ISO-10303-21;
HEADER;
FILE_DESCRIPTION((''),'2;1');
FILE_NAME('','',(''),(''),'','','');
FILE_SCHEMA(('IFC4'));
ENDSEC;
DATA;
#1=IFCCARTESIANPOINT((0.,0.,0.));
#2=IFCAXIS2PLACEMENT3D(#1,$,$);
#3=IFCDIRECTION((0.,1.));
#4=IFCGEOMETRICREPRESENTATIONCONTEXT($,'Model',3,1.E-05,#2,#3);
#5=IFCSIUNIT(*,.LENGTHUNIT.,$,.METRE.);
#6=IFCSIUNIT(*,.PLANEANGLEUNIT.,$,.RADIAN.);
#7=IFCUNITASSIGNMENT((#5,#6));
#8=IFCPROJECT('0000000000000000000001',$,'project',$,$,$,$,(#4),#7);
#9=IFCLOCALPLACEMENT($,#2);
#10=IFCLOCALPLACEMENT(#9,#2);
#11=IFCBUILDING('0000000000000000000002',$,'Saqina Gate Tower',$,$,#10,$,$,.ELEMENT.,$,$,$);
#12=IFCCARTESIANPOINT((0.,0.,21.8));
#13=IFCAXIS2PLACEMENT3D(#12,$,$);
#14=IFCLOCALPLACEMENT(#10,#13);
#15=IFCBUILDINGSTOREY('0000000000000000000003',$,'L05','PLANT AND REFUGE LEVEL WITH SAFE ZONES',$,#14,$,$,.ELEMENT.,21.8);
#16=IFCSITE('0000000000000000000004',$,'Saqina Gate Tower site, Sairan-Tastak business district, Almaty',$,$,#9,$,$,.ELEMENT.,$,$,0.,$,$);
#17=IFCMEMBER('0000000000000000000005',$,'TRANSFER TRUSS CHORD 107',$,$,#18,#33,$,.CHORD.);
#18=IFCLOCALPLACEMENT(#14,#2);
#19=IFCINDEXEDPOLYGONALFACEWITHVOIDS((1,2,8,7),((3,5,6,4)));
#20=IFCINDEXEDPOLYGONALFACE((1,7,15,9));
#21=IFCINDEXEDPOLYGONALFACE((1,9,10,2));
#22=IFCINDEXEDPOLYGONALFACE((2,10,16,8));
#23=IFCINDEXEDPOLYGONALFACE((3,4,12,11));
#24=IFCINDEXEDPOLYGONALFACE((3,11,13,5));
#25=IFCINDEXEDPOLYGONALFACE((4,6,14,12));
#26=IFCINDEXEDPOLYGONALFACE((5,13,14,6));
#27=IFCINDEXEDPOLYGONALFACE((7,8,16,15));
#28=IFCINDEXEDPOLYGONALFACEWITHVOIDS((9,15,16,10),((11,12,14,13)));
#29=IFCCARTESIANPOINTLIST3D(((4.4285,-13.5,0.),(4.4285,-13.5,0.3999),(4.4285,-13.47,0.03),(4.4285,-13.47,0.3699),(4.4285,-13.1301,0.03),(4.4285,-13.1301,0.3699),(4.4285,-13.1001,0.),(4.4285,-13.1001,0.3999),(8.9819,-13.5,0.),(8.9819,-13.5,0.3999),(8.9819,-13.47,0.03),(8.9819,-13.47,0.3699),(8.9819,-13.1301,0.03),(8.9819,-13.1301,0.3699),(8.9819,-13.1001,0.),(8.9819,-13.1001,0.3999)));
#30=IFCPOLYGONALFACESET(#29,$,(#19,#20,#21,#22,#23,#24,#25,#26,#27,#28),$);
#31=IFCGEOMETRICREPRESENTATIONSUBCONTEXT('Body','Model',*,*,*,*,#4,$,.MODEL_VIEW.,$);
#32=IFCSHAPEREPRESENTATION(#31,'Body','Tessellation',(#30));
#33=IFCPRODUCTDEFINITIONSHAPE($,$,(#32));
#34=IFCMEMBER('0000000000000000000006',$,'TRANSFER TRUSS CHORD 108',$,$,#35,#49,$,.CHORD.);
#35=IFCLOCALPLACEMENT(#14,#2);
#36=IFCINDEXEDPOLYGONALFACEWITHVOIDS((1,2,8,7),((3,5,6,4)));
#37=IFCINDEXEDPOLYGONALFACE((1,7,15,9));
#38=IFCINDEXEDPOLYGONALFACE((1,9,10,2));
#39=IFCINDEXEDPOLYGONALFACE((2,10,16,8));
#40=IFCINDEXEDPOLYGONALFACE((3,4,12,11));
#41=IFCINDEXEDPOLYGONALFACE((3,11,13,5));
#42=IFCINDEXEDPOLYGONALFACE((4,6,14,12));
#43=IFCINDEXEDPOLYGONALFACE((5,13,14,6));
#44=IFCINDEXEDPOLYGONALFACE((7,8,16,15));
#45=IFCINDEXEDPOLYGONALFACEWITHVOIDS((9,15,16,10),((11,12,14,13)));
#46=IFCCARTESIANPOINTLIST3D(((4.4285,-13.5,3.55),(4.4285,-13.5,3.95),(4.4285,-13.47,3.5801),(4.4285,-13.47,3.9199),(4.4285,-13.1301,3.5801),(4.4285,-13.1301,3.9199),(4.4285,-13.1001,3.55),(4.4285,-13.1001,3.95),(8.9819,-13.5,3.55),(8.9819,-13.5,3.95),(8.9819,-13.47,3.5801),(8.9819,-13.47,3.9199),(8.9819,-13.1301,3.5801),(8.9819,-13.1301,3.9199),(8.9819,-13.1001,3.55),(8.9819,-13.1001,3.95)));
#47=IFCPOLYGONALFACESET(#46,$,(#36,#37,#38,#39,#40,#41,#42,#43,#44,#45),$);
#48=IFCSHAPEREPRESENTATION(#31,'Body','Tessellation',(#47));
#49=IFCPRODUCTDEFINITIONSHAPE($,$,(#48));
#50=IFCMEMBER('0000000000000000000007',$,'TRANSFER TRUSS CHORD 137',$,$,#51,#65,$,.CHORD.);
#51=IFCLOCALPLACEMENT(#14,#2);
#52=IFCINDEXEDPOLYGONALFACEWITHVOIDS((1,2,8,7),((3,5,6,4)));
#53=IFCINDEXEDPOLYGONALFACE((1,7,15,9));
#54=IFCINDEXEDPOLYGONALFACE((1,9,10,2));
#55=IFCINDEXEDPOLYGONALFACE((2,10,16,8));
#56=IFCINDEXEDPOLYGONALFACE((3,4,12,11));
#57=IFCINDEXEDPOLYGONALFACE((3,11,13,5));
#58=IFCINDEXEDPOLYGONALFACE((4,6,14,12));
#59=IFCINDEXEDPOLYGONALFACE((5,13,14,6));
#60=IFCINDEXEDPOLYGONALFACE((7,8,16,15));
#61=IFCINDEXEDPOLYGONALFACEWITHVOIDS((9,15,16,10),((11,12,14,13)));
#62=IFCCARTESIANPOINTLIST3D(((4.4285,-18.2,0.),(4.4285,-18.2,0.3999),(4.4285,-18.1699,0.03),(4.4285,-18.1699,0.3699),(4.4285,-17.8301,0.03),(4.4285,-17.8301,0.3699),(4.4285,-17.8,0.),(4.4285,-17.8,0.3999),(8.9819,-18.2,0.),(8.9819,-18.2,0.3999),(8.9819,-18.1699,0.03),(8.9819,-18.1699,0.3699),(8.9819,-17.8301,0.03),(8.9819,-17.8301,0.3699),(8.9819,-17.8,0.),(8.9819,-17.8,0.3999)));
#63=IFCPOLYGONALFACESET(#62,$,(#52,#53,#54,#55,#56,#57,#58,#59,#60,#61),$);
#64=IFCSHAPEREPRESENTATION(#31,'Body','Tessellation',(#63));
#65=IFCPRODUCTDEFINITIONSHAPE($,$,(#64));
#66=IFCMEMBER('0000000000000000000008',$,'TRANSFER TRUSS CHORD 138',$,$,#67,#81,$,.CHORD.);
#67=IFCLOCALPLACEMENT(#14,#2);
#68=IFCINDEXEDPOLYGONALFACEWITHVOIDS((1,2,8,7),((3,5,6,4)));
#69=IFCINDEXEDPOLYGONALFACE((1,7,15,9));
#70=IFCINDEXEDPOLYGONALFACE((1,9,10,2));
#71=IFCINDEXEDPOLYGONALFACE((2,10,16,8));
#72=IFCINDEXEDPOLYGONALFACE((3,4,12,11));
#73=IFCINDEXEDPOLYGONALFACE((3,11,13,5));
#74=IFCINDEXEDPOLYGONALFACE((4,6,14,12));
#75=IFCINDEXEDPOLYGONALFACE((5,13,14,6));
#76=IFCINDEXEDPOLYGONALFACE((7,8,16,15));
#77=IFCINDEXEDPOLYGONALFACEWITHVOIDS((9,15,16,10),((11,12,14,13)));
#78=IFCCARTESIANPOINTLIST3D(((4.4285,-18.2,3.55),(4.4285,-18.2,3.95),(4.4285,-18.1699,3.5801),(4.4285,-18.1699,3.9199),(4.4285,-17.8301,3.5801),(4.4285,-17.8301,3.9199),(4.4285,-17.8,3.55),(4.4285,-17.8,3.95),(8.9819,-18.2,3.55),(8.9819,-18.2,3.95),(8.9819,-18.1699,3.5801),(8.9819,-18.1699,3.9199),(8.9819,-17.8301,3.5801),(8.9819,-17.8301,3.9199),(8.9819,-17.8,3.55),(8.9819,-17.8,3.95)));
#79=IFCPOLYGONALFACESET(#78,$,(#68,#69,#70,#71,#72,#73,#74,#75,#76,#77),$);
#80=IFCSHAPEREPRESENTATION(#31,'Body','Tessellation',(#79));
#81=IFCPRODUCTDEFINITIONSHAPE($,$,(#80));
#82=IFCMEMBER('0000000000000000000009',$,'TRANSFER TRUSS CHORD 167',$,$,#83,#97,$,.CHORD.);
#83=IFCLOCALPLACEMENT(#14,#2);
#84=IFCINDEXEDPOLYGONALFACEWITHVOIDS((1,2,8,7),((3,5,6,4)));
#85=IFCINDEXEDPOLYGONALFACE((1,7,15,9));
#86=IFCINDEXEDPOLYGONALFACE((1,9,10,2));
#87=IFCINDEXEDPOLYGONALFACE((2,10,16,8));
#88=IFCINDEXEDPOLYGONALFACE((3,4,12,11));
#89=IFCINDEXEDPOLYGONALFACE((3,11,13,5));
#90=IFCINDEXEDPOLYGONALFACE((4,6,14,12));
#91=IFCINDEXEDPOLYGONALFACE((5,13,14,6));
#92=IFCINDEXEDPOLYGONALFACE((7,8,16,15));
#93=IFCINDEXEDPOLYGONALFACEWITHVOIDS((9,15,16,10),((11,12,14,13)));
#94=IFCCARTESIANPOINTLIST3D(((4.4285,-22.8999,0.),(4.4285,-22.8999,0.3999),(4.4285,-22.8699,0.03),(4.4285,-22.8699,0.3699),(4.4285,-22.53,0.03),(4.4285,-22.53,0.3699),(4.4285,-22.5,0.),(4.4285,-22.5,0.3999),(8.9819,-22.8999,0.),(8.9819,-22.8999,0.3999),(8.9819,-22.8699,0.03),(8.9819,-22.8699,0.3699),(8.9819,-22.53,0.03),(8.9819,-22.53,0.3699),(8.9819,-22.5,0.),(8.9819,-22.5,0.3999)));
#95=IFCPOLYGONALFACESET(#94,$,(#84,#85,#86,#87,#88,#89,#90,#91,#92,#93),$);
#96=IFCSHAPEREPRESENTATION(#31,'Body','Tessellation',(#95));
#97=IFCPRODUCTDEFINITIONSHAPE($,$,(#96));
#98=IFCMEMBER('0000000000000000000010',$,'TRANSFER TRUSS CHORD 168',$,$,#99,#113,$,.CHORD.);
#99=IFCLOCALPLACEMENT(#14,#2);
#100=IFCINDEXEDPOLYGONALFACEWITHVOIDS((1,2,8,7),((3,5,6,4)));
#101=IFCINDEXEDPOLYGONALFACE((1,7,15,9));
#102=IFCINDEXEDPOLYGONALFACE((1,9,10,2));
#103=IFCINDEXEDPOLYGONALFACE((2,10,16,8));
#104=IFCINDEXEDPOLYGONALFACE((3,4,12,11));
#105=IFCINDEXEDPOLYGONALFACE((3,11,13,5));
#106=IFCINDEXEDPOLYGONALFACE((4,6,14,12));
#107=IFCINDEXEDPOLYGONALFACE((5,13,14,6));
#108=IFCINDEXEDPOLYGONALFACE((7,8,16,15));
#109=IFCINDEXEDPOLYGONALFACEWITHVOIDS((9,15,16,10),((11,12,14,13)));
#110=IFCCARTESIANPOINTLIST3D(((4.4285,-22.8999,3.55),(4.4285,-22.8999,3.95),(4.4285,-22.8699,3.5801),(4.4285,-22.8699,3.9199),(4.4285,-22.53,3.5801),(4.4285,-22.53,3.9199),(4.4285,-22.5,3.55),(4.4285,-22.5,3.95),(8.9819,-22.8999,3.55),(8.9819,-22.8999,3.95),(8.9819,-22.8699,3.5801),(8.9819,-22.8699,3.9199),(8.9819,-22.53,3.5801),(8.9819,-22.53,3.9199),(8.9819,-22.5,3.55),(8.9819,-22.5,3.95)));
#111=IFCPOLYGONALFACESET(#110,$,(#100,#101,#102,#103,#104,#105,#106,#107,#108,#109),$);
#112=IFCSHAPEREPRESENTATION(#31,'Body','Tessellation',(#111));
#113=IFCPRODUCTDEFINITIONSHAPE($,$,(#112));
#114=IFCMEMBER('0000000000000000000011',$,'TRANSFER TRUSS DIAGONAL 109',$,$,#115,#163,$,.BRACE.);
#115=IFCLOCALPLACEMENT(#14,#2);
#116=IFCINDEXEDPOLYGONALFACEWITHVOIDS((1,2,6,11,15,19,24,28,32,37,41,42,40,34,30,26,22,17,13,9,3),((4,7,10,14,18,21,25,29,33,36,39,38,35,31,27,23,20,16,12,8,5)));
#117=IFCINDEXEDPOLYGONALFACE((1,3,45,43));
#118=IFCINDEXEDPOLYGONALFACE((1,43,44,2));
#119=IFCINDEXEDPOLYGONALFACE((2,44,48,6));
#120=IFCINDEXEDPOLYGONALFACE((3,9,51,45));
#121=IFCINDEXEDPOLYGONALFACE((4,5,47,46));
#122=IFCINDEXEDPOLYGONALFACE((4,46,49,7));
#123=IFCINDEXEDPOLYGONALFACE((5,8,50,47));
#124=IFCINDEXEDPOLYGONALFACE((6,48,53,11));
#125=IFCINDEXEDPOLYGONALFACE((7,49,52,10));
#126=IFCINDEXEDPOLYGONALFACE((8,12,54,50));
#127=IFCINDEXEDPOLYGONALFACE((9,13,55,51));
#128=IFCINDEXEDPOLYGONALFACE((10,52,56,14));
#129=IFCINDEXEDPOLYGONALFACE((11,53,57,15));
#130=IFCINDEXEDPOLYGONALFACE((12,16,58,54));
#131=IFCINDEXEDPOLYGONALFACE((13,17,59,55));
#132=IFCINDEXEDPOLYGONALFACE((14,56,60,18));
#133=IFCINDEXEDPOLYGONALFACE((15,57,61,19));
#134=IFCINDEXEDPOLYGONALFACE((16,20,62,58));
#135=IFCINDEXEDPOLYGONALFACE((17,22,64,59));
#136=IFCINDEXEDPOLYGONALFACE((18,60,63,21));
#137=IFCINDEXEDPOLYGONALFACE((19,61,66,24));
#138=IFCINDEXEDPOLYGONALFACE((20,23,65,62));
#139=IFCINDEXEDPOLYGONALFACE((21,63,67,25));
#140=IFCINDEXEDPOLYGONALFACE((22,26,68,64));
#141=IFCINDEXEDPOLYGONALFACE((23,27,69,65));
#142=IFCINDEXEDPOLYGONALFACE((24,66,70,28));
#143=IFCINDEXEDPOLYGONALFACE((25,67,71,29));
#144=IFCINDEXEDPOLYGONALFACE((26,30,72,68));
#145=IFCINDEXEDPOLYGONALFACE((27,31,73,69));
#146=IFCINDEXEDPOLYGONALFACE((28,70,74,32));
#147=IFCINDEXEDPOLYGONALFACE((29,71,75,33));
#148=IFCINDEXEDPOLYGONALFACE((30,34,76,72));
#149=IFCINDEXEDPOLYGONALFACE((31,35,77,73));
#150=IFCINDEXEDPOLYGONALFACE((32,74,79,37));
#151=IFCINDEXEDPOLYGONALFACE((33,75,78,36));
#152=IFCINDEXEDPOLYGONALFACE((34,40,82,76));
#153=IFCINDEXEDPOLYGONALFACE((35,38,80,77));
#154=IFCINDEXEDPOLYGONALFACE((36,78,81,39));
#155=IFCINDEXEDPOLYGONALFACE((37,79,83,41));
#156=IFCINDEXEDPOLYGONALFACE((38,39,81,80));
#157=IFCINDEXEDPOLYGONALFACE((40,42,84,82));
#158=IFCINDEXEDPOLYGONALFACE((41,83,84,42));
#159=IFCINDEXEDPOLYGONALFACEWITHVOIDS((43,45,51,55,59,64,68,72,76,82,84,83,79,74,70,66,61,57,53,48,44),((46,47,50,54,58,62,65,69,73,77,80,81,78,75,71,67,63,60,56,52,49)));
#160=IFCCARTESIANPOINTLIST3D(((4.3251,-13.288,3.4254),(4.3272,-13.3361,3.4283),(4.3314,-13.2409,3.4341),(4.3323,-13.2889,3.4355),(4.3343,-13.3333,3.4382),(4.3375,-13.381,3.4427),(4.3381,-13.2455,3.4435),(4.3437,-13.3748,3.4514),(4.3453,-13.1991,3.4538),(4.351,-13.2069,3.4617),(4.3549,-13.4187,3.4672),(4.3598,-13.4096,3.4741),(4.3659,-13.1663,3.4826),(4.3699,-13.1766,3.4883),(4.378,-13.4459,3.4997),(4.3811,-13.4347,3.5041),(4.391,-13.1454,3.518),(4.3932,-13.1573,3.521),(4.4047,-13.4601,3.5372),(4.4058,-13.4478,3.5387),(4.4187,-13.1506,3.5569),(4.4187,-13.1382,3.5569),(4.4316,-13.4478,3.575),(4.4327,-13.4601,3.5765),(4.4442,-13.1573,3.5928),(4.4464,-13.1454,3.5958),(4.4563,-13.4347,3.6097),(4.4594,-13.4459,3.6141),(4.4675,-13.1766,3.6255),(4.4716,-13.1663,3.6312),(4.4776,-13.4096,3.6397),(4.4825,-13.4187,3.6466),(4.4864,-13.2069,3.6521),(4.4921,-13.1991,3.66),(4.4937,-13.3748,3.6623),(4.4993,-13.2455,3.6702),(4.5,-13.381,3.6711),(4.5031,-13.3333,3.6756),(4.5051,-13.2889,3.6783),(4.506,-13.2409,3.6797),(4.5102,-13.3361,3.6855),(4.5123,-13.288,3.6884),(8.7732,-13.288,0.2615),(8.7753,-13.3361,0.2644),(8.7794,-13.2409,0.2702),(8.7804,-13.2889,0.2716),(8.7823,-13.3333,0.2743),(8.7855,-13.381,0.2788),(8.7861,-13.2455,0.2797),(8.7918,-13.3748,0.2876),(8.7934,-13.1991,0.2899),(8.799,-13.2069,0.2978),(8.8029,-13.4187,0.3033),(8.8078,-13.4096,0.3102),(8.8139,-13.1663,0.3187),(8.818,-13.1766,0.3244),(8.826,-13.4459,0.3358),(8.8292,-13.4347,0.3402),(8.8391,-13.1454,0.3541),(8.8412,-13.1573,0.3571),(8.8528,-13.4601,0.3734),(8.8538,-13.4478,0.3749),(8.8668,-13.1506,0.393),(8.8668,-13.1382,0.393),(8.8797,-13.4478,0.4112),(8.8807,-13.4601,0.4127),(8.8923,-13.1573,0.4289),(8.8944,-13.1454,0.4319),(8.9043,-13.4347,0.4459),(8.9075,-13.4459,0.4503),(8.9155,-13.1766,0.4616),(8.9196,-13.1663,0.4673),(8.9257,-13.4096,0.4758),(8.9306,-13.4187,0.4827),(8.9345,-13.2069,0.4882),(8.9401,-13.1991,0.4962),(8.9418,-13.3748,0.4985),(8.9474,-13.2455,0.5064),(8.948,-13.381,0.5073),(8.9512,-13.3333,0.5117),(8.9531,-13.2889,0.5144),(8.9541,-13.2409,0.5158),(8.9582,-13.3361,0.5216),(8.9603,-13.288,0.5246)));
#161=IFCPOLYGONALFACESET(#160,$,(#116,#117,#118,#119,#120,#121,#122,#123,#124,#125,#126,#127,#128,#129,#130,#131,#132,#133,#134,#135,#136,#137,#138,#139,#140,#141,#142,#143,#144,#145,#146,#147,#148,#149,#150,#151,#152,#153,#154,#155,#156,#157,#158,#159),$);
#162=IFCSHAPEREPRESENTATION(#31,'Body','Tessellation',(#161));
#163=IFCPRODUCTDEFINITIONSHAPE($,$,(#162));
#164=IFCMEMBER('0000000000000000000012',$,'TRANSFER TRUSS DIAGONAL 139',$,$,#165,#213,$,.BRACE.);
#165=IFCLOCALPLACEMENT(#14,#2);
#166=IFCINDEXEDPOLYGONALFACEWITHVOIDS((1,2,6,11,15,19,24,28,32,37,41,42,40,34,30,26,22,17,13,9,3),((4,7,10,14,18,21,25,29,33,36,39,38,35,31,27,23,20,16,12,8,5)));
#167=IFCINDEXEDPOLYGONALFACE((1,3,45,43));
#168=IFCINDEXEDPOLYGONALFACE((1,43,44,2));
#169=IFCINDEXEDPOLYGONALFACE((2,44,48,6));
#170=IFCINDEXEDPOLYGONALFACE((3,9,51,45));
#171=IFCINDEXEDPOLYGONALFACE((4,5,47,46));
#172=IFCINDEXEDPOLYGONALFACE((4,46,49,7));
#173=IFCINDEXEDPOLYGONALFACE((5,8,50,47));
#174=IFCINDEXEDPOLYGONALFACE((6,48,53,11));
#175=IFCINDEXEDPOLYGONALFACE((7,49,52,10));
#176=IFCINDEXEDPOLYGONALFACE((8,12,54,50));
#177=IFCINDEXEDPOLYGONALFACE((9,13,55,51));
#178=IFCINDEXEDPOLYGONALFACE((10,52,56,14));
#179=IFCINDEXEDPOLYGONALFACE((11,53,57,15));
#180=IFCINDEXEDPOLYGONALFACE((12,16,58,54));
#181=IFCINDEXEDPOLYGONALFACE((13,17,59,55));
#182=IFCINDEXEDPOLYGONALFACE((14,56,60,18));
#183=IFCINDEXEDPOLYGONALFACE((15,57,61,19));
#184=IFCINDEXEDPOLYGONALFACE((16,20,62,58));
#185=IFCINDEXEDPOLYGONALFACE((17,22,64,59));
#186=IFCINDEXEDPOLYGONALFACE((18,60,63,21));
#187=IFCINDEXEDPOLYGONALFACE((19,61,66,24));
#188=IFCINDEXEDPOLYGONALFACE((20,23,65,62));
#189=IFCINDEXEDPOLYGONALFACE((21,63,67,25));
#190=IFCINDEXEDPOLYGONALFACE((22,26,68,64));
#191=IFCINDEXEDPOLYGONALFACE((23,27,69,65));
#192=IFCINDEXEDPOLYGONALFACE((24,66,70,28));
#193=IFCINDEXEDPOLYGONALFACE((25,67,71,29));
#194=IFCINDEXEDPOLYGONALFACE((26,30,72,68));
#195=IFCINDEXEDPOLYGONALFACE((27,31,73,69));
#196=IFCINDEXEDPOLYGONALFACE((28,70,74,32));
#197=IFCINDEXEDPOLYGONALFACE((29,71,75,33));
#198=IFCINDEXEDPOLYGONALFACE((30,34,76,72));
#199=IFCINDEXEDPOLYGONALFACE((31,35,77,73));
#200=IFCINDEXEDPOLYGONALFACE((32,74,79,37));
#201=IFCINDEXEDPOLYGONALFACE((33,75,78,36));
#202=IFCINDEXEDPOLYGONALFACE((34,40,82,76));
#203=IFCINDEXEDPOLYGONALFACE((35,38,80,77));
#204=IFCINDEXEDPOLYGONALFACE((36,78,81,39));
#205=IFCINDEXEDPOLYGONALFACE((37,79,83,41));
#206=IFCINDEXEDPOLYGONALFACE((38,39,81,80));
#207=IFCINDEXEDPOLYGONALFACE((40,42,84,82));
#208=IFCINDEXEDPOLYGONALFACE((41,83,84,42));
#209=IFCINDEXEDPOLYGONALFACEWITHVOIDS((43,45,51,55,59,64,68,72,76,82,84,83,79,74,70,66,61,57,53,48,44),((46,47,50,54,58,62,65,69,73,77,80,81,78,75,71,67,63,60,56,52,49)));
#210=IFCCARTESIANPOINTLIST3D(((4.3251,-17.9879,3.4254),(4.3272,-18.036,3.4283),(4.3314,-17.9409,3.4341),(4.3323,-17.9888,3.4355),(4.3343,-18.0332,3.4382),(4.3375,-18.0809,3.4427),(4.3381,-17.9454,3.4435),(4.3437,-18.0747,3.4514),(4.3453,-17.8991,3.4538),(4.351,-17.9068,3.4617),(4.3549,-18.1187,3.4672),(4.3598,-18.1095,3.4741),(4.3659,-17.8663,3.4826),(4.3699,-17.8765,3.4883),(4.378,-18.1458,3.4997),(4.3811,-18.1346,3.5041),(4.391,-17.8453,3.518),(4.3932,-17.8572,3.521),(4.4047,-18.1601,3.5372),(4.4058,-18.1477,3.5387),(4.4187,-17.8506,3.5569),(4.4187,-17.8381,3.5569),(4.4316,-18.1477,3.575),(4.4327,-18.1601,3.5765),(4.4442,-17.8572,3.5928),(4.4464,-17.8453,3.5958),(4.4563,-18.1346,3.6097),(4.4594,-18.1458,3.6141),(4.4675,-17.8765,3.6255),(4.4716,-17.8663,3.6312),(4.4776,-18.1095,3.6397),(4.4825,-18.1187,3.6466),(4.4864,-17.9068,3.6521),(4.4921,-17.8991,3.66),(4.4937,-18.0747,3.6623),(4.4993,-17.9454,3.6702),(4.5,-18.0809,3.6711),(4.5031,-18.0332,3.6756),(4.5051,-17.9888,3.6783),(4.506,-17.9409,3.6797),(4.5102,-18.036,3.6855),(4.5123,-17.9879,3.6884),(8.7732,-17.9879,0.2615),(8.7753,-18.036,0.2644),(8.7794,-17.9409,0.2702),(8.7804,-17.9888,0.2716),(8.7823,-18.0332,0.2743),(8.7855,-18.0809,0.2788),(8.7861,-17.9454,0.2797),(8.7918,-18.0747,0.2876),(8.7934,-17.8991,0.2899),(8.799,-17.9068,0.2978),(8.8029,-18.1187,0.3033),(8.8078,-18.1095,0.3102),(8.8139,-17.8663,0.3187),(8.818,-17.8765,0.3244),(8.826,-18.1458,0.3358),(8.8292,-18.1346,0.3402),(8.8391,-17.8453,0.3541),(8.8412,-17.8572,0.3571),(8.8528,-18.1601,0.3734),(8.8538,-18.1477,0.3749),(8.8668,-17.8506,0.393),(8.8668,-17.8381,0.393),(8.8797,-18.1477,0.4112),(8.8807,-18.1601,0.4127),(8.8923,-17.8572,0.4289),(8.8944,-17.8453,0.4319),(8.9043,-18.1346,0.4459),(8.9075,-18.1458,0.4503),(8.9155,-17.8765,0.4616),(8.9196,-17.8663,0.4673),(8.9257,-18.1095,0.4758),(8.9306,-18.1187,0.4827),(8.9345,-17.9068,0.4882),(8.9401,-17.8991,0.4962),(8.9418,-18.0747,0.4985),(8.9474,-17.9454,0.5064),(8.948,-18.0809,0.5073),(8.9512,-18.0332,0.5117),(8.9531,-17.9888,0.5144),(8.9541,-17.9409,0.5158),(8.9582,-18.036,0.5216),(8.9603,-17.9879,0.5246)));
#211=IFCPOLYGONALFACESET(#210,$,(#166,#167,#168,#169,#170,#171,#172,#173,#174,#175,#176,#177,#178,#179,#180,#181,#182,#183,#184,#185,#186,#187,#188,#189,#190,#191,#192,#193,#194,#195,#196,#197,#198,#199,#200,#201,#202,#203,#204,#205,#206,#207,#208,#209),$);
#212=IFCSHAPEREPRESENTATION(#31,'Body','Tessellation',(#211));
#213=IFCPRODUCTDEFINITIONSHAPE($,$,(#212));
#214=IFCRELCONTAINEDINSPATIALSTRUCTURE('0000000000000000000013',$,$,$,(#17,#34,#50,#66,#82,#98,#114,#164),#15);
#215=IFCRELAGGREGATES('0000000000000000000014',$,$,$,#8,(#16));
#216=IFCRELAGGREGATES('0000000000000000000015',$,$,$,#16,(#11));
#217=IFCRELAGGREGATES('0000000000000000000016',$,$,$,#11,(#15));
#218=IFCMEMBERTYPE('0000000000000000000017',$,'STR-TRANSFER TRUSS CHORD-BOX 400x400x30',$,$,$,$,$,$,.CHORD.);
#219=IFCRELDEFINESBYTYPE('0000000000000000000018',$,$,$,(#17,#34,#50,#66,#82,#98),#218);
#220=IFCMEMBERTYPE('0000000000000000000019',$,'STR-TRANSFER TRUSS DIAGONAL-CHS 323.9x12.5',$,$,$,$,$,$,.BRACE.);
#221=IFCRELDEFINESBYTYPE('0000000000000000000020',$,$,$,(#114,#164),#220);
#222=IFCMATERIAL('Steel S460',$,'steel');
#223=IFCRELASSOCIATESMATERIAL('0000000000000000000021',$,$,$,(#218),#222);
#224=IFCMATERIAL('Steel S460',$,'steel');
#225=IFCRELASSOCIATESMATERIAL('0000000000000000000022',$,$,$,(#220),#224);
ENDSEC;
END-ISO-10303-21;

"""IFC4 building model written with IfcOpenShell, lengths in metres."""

from ifc_helpers import new_model, si_unit, direction, frame, origin, origin_2d, place, context, subcontext, project, spatial, hollow_rectangle, hollow_circle, extrude, material, material_profile, profile_set, type_object, element, save


model = new_model("IFC4")

# Units and contexts
model_context = context("Model", 3, precision=1e-05, world=origin(), true_north=direction((0.0, 1.0)))
body_context = subcontext(model_context, "Body", "Model", "MODEL_VIEW")
ifc_project = project(units=[si_unit("LENGTHUNIT", "METRE"), si_unit("PLANEANGLEUNIT", "RADIAN")], contexts=[model_context])

# Site, building, storey
site_placement = place(None, origin())
site = spatial("IfcSite", under=ifc_project, at=site_placement, Name="Saqina Gate Tower site, Sairan-Tastak business district, Almaty", CompositionType="ELEMENT", RefElevation=0.0)
building_placement = place(site_placement, origin())
building = spatial("IfcBuilding", under=site, at=building_placement, Name="Saqina Gate Tower", CompositionType="ELEMENT")
storey_placement = place(building_placement, frame((0.0, 0.0, 21.8)))
storey = spatial("IfcBuildingStorey", under=building, at=storey_placement, Name="L05", Description="PLANT AND REFUGE LEVEL WITH SAFE ZONES", CompositionType="ELEMENT", Elevation=21.8)

# Members
ifc_material_1 = material(Name="Steel S460", Category="steel")
ifc_material_profile_1 = material_profile(ifc_material_1, hollow_rectangle(XDim=0.3999, YDim=0.3999, WallThickness=0.03, at=origin_2d()), Name="BOX 400x400x30")
ifc_profile_set_1 = profile_set([ifc_material_profile_1], Name="Steel S460")
member_type_1 = type_object("IfcMemberType", Name="STR-TRANSFER TRUSS CHORD-BOX 400x400x30", PredefinedType="CHORD", material=ifc_profile_set_1)
for number, where, z_axis, x_axis, name in (
    (1, (4.4285, -13.3, 0.2), (1.0, 0.0, 0.0), (0.0, 1.0, 0.0), "TRANSFER TRUSS CHORD 107"),
    (2, (4.4285, -13.3, 3.75), (1.0, 0.0, 0.0), (0.0, 1.0, 0.0), "TRANSFER TRUSS CHORD 108"),
    (3, (4.4285, -18.0, 0.2), (1.0, 0.0, 0.0), (0.0, 1.0, 0.0), "TRANSFER TRUSS CHORD 137"),
    (4, (4.4285, -18.0, 3.75), (1.0, 0.0, 0.0), (0.0, 1.0, 0.0), "TRANSFER TRUSS CHORD 138"),
    (5, (4.4285, -22.7, 0.2), (1.0, 0.0, 0.0), (0.0, 1.0, 0.0), "TRANSFER TRUSS CHORD 167"),
    (6, (4.4285, -22.7, 3.75), (1.0, 0.0, 0.0), (0.0, 1.0, 0.0), "TRANSFER TRUSS CHORD 168"),
):
    element("IfcMember", number, at=place(storey_placement, frame(where, z_axis=z_axis, x_axis=x_axis)), inside=storey, type_object=member_type_1, Name=name, PredefinedType="CHORD", context=body_context, shape_type="SweptSolid", body=[
        extrude(hollow_rectangle(XDim=0.3999, YDim=0.3999, WallThickness=0.03, at=origin_2d()), origin(), (0.0, 0.0, 1.0), 4.5535),
    ])
ifc_material_2 = material(Name="Steel S460", Category="steel")
ifc_material_profile_2 = material_profile(ifc_material_2, hollow_circle(Radius=0.1619, WallThickness=0.0125, at=origin_2d()), Name="CHS 323.9x12.5")
ifc_profile_set_2 = profile_set([ifc_material_profile_2], Name="Steel S460")
member_type_2 = type_object("IfcMemberType", Name="STR-TRANSFER TRUSS DIAGONAL-CHS 323.9x12.5", PredefinedType="BRACE", material=ifc_profile_set_2)
for number, where, z_axis, x_axis, name in (
    (7, (4.4187, -13.3, 3.5569), (0.814886, 0.0, -0.579621), (0.0, 1.0, 0.0), "TRANSFER TRUSS DIAGONAL 109"),
    (8, (4.4187, -18.0, 3.5569), (0.814886, 0.0, -0.579621), (0.0, 1.0, 0.0), "TRANSFER TRUSS DIAGONAL 139"),
):
    element("IfcMember", number, at=place(storey_placement, frame(where, z_axis=z_axis, x_axis=x_axis)), inside=storey, type_object=member_type_2, Name=name, PredefinedType="BRACE", context=body_context, shape_type="SweptSolid", body=[
        extrude(hollow_circle(Radius=0.1619, WallThickness=0.0125, at=origin_2d()), origin(), (0.0, 0.0, 1.0), 5.4585),
    ])

save(model, "model.ifc")
